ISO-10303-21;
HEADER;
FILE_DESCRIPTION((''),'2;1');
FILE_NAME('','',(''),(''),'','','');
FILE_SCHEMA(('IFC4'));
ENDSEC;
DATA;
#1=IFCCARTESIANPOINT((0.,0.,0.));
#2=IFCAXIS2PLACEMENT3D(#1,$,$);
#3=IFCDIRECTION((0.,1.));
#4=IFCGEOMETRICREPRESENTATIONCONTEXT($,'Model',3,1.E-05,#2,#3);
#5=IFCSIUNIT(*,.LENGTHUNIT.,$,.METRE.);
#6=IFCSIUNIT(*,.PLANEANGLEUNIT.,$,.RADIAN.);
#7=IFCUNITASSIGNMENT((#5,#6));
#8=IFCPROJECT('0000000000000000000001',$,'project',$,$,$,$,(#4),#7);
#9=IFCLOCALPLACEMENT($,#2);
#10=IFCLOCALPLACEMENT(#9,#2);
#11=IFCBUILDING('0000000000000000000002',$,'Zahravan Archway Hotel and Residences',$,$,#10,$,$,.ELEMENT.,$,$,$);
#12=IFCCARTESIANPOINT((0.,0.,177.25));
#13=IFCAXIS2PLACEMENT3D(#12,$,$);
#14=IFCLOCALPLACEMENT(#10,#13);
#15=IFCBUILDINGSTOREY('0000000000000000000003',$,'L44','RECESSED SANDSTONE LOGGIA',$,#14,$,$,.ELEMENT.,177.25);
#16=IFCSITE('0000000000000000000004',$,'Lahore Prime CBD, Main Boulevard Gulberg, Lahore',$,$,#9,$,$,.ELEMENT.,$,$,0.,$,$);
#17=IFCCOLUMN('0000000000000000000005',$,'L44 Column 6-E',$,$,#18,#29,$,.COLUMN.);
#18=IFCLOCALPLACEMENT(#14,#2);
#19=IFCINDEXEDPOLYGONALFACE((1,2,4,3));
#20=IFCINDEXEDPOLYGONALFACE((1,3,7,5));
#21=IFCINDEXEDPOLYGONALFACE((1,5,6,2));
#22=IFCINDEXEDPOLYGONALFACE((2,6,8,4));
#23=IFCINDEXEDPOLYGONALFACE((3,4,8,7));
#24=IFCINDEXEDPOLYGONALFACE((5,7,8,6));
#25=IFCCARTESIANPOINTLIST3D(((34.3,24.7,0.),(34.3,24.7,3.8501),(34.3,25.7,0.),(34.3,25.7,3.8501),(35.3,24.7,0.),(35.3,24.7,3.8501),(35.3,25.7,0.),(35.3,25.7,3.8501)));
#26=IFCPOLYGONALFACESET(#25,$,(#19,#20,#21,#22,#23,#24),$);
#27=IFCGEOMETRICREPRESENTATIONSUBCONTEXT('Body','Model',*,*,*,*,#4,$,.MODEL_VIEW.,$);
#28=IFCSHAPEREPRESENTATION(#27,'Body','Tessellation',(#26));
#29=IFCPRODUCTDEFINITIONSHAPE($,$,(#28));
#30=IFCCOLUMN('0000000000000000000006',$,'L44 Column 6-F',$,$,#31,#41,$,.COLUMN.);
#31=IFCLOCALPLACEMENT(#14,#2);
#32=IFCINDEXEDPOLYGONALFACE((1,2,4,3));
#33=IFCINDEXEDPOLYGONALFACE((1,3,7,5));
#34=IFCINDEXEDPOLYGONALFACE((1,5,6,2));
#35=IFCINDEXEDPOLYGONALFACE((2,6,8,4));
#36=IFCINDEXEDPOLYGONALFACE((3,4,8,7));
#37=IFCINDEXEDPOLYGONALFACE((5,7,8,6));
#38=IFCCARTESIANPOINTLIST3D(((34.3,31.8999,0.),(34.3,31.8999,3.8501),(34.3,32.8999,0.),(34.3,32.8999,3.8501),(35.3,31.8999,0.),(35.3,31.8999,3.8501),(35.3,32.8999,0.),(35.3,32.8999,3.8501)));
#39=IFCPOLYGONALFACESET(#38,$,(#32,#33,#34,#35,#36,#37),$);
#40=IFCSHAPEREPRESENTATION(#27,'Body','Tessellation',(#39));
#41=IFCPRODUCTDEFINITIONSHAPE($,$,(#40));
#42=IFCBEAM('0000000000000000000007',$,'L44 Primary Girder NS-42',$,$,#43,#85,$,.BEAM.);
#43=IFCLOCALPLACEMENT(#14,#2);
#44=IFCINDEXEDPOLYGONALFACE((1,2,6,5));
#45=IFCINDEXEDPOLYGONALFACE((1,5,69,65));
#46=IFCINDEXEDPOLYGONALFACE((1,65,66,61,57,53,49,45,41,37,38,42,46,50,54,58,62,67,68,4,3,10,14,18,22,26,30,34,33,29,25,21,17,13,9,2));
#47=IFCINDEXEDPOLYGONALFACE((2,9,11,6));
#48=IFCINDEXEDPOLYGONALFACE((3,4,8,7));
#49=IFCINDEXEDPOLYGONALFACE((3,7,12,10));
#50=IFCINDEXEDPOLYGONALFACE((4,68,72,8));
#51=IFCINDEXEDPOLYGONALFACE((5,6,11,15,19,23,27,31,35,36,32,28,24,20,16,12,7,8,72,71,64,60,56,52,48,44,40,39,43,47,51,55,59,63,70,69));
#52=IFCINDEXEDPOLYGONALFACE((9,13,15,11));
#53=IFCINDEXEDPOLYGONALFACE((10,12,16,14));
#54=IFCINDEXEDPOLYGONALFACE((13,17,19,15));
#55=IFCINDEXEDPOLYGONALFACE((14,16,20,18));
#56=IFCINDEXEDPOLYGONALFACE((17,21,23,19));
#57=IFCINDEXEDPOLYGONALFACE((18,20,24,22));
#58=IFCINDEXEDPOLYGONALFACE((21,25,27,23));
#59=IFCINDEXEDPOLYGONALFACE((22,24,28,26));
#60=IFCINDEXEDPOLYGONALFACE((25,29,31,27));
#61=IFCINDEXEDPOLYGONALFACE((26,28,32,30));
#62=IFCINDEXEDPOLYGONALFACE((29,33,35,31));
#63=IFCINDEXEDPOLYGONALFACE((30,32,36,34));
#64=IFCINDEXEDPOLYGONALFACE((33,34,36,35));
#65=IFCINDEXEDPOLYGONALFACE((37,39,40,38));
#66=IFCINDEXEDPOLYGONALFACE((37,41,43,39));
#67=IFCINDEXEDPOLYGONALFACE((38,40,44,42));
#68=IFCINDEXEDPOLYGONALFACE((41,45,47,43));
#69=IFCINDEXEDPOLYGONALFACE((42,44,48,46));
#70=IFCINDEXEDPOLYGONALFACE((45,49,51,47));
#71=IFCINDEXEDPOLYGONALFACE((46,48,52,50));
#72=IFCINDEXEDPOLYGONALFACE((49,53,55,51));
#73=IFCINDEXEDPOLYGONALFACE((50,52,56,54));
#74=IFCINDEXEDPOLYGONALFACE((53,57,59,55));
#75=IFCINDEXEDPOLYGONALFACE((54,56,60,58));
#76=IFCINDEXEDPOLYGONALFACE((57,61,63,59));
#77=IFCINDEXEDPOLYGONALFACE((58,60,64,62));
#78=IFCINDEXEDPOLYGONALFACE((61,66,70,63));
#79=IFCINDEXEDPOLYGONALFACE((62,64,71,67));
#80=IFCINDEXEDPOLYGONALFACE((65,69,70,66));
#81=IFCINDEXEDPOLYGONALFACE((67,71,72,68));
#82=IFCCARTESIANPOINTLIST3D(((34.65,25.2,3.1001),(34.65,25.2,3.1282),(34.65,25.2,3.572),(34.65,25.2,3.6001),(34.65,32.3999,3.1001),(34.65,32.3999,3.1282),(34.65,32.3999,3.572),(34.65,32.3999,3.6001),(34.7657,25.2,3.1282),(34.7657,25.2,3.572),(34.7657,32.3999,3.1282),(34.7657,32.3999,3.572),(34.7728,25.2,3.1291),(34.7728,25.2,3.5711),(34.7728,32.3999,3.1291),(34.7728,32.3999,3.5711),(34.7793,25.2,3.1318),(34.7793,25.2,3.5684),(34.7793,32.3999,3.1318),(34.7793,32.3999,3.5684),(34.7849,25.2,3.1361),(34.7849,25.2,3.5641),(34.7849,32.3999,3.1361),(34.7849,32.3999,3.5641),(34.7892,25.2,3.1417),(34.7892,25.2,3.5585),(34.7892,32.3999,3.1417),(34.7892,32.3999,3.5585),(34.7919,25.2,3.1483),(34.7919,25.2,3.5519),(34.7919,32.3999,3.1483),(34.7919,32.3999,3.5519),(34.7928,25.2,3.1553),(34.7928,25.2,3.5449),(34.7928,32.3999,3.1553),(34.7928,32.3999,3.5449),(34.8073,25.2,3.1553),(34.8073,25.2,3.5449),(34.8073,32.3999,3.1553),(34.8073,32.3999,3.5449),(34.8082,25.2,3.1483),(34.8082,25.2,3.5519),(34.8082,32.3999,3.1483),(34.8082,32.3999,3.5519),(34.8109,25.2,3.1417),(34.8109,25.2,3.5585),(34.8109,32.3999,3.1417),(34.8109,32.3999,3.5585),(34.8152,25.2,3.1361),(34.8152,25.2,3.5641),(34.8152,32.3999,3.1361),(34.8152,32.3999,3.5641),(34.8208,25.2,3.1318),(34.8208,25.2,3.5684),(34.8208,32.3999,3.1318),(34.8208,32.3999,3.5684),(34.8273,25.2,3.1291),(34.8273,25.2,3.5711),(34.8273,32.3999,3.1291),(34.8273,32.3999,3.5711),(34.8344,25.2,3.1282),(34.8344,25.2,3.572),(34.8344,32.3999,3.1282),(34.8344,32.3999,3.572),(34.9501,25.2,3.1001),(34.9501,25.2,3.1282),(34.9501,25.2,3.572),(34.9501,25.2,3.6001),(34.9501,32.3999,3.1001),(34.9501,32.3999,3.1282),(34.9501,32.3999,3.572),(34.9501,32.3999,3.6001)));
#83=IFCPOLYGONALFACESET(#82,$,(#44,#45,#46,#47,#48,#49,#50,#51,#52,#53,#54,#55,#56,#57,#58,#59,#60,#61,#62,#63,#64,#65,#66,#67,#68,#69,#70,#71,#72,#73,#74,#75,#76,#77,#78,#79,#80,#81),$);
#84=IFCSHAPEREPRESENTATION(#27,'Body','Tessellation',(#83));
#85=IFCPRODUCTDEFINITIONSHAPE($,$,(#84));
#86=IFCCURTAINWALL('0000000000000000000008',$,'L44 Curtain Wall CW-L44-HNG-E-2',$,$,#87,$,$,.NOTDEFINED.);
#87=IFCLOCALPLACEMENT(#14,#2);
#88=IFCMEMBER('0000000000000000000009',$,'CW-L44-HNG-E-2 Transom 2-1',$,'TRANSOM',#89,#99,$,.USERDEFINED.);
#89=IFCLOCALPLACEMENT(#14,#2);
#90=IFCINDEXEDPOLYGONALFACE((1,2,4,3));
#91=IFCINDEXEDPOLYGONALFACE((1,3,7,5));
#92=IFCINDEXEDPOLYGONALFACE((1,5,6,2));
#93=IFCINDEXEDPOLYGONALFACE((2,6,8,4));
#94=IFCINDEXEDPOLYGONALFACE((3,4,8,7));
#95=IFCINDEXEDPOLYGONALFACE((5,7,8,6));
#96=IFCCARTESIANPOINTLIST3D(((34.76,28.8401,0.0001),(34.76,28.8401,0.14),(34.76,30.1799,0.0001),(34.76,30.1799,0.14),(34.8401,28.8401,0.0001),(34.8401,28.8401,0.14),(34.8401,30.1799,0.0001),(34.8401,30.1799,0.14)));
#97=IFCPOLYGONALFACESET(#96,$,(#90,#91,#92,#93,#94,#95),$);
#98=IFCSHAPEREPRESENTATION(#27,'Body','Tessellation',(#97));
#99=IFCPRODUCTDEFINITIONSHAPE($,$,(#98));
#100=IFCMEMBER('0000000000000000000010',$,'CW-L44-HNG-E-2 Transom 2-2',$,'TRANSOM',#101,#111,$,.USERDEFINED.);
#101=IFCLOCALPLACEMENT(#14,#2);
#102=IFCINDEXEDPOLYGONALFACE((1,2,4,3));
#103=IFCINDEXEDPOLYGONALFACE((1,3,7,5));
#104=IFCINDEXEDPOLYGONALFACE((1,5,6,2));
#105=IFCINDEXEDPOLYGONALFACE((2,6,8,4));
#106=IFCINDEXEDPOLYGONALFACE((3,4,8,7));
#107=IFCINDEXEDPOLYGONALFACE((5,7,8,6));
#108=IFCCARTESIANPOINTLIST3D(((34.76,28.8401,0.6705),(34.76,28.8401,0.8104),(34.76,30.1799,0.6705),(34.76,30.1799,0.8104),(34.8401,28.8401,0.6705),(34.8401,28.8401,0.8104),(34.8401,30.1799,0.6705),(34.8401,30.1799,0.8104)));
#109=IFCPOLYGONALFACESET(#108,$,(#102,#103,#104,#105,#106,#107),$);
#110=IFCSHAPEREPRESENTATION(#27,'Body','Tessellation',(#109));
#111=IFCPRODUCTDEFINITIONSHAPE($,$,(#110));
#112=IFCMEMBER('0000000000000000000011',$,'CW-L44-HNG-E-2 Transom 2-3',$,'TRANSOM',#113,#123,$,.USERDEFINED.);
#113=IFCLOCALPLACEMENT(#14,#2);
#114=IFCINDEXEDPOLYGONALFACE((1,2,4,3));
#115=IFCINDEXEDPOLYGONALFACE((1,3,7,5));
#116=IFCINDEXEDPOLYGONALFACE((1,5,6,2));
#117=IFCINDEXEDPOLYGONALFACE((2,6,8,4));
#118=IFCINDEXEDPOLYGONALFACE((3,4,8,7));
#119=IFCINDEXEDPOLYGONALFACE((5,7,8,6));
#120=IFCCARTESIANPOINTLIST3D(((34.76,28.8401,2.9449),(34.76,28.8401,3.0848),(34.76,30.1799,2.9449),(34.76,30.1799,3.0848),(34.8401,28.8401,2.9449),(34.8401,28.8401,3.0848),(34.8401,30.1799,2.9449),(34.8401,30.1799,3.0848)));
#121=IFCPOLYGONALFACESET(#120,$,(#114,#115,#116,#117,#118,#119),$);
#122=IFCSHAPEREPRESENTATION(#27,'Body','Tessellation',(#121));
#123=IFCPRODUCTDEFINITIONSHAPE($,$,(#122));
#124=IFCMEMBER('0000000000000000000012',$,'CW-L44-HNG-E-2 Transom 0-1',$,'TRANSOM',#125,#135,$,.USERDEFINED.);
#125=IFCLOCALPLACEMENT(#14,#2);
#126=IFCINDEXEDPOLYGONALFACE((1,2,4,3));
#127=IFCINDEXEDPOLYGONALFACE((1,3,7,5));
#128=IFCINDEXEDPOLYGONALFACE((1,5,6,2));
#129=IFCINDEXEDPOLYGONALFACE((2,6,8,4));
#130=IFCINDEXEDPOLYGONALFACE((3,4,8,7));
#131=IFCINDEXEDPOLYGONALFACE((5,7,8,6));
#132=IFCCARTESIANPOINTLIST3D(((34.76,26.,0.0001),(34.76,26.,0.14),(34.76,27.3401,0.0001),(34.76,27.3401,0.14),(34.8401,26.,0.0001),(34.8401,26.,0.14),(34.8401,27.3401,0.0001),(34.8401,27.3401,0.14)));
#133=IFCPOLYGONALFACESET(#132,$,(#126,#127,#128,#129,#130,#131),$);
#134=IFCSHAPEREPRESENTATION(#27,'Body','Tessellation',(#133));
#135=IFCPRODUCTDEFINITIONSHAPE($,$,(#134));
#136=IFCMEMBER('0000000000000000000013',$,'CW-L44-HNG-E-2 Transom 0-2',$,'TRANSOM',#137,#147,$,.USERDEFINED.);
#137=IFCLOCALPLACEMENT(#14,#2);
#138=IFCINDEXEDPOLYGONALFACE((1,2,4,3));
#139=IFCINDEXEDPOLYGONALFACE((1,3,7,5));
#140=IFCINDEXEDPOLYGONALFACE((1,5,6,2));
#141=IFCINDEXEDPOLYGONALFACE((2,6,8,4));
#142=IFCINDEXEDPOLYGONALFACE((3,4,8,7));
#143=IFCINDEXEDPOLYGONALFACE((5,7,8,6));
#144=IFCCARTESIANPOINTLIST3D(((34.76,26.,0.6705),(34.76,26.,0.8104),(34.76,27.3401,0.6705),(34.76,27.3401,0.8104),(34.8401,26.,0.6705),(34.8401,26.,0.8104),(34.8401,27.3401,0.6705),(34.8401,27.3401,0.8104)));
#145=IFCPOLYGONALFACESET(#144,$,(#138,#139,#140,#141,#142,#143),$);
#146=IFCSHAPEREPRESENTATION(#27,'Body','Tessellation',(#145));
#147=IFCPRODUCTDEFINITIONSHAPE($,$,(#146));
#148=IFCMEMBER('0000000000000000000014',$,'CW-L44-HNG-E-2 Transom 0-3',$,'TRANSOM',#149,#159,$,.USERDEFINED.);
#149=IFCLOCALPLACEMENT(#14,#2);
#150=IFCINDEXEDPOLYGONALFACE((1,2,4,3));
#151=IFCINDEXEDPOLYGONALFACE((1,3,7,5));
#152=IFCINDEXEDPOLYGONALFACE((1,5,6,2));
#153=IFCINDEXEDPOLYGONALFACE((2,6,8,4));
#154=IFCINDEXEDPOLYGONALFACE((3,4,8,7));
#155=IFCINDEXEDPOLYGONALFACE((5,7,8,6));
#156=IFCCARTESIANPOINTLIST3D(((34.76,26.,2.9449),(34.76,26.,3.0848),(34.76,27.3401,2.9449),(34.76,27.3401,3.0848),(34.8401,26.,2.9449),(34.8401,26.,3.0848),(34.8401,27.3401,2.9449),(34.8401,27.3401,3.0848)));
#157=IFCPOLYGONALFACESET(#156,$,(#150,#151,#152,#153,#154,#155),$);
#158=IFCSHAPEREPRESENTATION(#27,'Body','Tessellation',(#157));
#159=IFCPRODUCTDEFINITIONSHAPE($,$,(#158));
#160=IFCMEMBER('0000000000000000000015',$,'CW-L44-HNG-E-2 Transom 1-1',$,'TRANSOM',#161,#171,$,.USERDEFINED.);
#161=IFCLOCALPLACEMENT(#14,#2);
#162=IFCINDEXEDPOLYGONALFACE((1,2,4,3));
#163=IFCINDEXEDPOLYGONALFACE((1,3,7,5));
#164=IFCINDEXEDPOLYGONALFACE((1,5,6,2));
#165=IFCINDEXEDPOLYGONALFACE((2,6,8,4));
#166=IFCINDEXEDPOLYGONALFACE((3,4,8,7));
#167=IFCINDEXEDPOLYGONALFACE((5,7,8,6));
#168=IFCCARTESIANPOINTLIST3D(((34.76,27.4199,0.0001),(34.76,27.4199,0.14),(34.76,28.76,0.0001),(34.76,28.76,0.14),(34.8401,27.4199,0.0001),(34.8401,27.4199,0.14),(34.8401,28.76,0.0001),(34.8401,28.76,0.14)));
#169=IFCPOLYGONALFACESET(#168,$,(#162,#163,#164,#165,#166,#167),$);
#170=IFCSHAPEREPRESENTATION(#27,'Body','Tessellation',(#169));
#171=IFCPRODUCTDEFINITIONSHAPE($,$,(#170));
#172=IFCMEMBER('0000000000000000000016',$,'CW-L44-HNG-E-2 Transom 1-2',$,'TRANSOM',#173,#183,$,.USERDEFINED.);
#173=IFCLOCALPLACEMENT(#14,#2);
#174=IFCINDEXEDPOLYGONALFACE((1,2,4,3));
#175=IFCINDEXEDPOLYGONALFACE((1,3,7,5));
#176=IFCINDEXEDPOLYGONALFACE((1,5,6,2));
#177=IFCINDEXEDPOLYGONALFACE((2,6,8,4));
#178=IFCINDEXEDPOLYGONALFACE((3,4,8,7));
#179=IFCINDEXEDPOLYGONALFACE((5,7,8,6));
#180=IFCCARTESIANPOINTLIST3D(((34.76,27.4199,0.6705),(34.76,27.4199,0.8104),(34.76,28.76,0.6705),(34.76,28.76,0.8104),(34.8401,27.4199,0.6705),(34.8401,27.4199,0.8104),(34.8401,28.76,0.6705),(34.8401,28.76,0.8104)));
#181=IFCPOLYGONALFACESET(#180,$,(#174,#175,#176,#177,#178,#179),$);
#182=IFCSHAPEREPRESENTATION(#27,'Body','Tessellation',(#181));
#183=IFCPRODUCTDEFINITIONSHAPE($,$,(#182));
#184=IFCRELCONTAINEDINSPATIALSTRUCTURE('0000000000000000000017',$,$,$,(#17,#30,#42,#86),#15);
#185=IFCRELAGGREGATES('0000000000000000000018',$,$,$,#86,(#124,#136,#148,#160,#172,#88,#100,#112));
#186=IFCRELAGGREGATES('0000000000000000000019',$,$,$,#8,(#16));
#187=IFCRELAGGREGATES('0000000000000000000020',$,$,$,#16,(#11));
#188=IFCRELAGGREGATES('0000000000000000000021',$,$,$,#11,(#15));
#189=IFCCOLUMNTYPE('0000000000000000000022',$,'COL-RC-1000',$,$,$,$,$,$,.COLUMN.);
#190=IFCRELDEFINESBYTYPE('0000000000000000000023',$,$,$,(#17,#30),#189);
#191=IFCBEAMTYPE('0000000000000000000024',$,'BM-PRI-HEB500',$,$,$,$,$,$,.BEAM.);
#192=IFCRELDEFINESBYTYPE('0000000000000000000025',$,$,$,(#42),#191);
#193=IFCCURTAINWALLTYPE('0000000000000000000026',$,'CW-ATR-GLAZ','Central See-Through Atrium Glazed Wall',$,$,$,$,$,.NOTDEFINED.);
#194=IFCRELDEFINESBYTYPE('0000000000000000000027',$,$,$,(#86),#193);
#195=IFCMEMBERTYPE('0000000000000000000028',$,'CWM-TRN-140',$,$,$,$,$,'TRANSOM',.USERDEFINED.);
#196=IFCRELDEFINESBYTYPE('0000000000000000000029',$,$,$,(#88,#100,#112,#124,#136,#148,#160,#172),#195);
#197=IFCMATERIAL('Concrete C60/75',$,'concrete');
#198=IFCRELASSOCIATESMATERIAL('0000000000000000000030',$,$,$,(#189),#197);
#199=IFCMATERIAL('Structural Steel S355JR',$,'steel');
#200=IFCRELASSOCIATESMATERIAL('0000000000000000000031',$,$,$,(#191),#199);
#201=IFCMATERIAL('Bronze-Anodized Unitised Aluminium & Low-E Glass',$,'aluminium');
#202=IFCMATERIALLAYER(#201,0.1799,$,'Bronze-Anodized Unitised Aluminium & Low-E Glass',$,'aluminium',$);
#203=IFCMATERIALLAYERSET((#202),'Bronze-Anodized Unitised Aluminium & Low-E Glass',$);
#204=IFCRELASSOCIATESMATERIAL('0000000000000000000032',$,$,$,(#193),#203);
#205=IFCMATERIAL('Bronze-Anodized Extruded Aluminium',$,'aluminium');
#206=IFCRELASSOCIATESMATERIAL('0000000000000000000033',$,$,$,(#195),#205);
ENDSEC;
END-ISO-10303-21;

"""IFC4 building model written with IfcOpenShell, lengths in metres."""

from ifc_helpers import new_model, si_unit, direction, frame, origin, origin_2d, place, context, subcontext, project, spatial, rectangle, i_section, extrude, source, transform, mapped, material, layer, layer_set, material_profile, profile_set, type_object, element, aggregate, save


model = new_model("IFC4")

# Units and contexts
model_context = context("Model", 3, precision=1e-05, world=origin(), true_north=direction((0.0, 1.0)))
body_context = subcontext(model_context, "Body", "Model", "MODEL_VIEW")
ifc_project = project(units=[si_unit("LENGTHUNIT", "METRE"), si_unit("PLANEANGLEUNIT", "RADIAN")], contexts=[model_context])

# Site, building, storey
site_placement = place(None, origin())
site = spatial("IfcSite", under=ifc_project, at=site_placement, Name="Lahore Prime CBD, Main Boulevard Gulberg, Lahore", CompositionType="ELEMENT", RefElevation=0.0)
building_placement = place(site_placement, origin())
building = spatial("IfcBuilding", under=site, at=building_placement, Name="Zahravan Archway Hotel and Residences", CompositionType="ELEMENT")
storey_placement = place(building_placement, frame((0.0, 0.0, 177.25)))
storey = spatial("IfcBuildingStorey", under=building, at=storey_placement, Name="L44", Description="RECESSED SANDSTONE LOGGIA", CompositionType="ELEMENT", Elevation=177.25)

# Columns
ifc_material_1 = material(Name="Concrete C60/75", Category="concrete")
ifc_material_profile_1 = material_profile(ifc_material_1, rectangle(XDim=1.0, YDim=1.0, at=origin_2d()), Name="RC-COL-1000x1000", Category="concrete")
ifc_profile_set_1 = profile_set([ifc_material_profile_1], Name="Concrete C60/75")
column_type = type_object("IfcColumnType", Name="COL-RC-1000", PredefinedType="COLUMN", material=ifc_profile_set_1)
shared_shape_1 = source(origin(), body_context, "Body", "SweptSolid", [
    extrude(rectangle(XDim=1.0, YDim=1.0, at=origin_2d()), origin(), (0.0, 0.0, 1.0), 3.8501),
])
for number, where, z_axis, x_axis, name in (
    (1, (34.8, 25.2, 0.0), (0.0, 0.0, 1.0), (1.0, 0.0, 0.0), "L44 Column 6-E"),
    (2, (34.8, 32.3999, 0.0), (0.0, 0.0, 1.0), (1.0, 0.0, 0.0), "L44 Column 6-F"),
):
    element("IfcColumn", number, at=place(storey_placement, frame(where, z_axis=z_axis, x_axis=x_axis)), inside=storey, type_object=column_type, Name=name, PredefinedType="COLUMN", context=body_context, shape_type="MappedRepresentation", body=[
        mapped(shared_shape_1, transform((0.0, 0.0, 0.0), scale=1.0)),
    ])

# Beam
ifc_material_2 = material(Name="Structural Steel S355JR", Category="steel")
ifc_material_profile_2 = material_profile(ifc_material_2, i_section(OverallWidth=0.3, OverallDepth=0.5, WebThickness=0.0144, FlangeThickness=0.0281, FilletRadius=0.0271, at=origin_2d()), Name="HEB 500", Category="steel")
ifc_profile_set_2 = profile_set([ifc_material_profile_2], Name="Structural Steel S355JR")
beam_type = type_object("IfcBeamType", Name="BM-PRI-HEB500", PredefinedType="BEAM", material=ifc_profile_set_2)
shared_shape_2 = source(origin(), body_context, "Body", "SweptSolid", [
    extrude(i_section(OverallWidth=0.3, OverallDepth=0.5, WebThickness=0.0144, FlangeThickness=0.0281, FilletRadius=0.0271, at=origin_2d()), origin(), (0.0, 0.0, 1.0), 7.2),
])
beam_placement = place(storey_placement, frame((34.8, 25.2, 3.3501), z_axis=(0.0, 1.0, 0.0), x_axis=(-1.0, 0.0, 0.0)))
element("IfcBeam", 3, at=beam_placement, inside=storey, type_object=beam_type, Name="L44 Primary Girder NS-42", PredefinedType="BEAM", context=body_context, shape_type="MappedRepresentation", body=[
    mapped(shared_shape_2, transform((0.0, 0.0, 0.0), scale=1.0)),
])

# Curtain wall, members
ifc_material_3 = material(Name="Bronze-Anodized Unitised Aluminium & Low-E Glass", Category="aluminium")
ifc_layer_1 = layer(ifc_material_3, 0.1799, Name="Bronze-Anodized Unitised Aluminium & Low-E Glass", Category="aluminium")
ifc_layer_set_1 = layer_set([ifc_layer_1], Name="Bronze-Anodized Unitised Aluminium & Low-E Glass")
curtain_wall_type = type_object("IfcCurtainWallType", Name="CW-ATR-GLAZ", Description="Central See-Through Atrium Glazed Wall", PredefinedType="NOTDEFINED", material=ifc_layer_set_1)
curtain_wall_1_placement = place(storey_placement, origin())
curtain_wall_1 = element("IfcCurtainWall", 4, at=curtain_wall_1_placement, inside=storey, type_object=curtain_wall_type, Name="L44 Curtain Wall CW-L44-HNG-E-2", PredefinedType="NOTDEFINED")
ifc_material_4 = material(Name="Bronze-Anodized Extruded Aluminium", Category="aluminium")
ifc_material_profile_3 = material_profile(ifc_material_4, rectangle(XDim=0.0801, YDim=0.1399, at=origin_2d()), Name="TRN 80x140", Category="aluminium")
ifc_profile_set_3 = profile_set([ifc_material_profile_3], Name="Bronze-Anodized Extruded Aluminium")
member_type_1 = type_object("IfcMemberType", Name="CWM-TRN-140", ElementType="TRANSOM", PredefinedType="USERDEFINED", material=ifc_profile_set_3)
shared_shape_3 = source(origin(), body_context, "Body", "SweptSolid", [
    extrude(rectangle(XDim=0.0801, YDim=0.1399, at=origin_2d()), origin(), (0.0, 0.0, 1.0), 1.3398),
])
member_1_placement = place(storey_placement, frame((34.8, 28.8401, 0.0701), z_axis=(0.0, 1.0, 0.0), x_axis=(-1.0, 0.0, 0.0)))
member_1 = element("IfcMember", 5, at=member_1_placement, type_object=member_type_1, Name="CW-L44-HNG-E-2 Transom 2-1", ObjectType="TRANSOM", PredefinedType="USERDEFINED", context=body_context, shape_type="MappedRepresentation", body=[
    mapped(shared_shape_3, transform((0.0, 0.0, 0.0), scale=1.0)),
])
member_2_placement = place(storey_placement, frame((34.8, 28.8401, 0.7405), z_axis=(0.0, 1.0, 0.0), x_axis=(-1.0, 0.0, 0.0)))
member_2 = element("IfcMember", 6, at=member_2_placement, type_object=member_type_1, Name="CW-L44-HNG-E-2 Transom 2-2", ObjectType="TRANSOM", PredefinedType="USERDEFINED", context=body_context, shape_type="MappedRepresentation", body=[
    mapped(shared_shape_3, transform((0.0, 0.0, 0.0), scale=1.0)),
])
member_3_placement = place(storey_placement, frame((34.8, 28.8401, 3.0149), z_axis=(0.0, 1.0, 0.0), x_axis=(-1.0, 0.0, 0.0)))
member_3 = element("IfcMember", 7, at=member_3_placement, type_object=member_type_1, Name="CW-L44-HNG-E-2 Transom 2-3", ObjectType="TRANSOM", PredefinedType="USERDEFINED", context=body_context, shape_type="MappedRepresentation", body=[
    mapped(shared_shape_3, transform((0.0, 0.0, 0.0), scale=1.0)),
])
shared_shape_4 = source(origin(), body_context, "Body", "SweptSolid", [
    extrude(rectangle(XDim=0.0801, YDim=0.1399, at=origin_2d()), origin(), (0.0, 0.0, 1.0), 1.3401),
])
member_4_placement = place(storey_placement, frame((34.8, 26.0, 0.0701), z_axis=(0.0, 1.0, 0.0), x_axis=(-1.0, 0.0, 0.0)))
member_4 = element("IfcMember", 8, at=member_4_placement, type_object=member_type_1, Name="CW-L44-HNG-E-2 Transom 0-1", ObjectType="TRANSOM", PredefinedType="USERDEFINED", context=body_context, shape_type="MappedRepresentation", body=[
    mapped(shared_shape_4, transform((0.0, 0.0, 0.0), scale=1.0)),
])
member_5_placement = place(storey_placement, frame((34.8, 26.0, 0.7405), z_axis=(0.0, 1.0, 0.0), x_axis=(-1.0, 0.0, 0.0)))
member_5 = element("IfcMember", 9, at=member_5_placement, type_object=member_type_1, Name="CW-L44-HNG-E-2 Transom 0-2", ObjectType="TRANSOM", PredefinedType="USERDEFINED", context=body_context, shape_type="MappedRepresentation", body=[
    mapped(shared_shape_4, transform((0.0, 0.0, 0.0), scale=1.0)),
])
member_6_placement = place(storey_placement, frame((34.8, 26.0, 3.0149), z_axis=(0.0, 1.0, 0.0), x_axis=(-1.0, 0.0, 0.0)))
member_6 = element("IfcMember", 10, at=member_6_placement, type_object=member_type_1, Name="CW-L44-HNG-E-2 Transom 0-3", ObjectType="TRANSOM", PredefinedType="USERDEFINED", context=body_context, shape_type="MappedRepresentation", body=[
    mapped(shared_shape_4, transform((0.0, 0.0, 0.0), scale=1.0)),
])
member_7_placement = place(storey_placement, frame((34.8, 27.4199, 0.0701), z_axis=(0.0, 1.0, 0.0), x_axis=(-1.0, 0.0, 0.0)))
member_7 = element("IfcMember", 11, at=member_7_placement, type_object=member_type_1, Name="CW-L44-HNG-E-2 Transom 1-1", ObjectType="TRANSOM", PredefinedType="USERDEFINED", context=body_context, shape_type="MappedRepresentation", body=[
    mapped(shared_shape_4, transform((0.0, 0.0, 0.0), scale=1.0)),
])
member_8_placement = place(storey_placement, frame((34.8, 27.4199, 0.7405), z_axis=(0.0, 1.0, 0.0), x_axis=(-1.0, 0.0, 0.0)))
member_8 = element("IfcMember", 12, at=member_8_placement, type_object=member_type_1, Name="CW-L44-HNG-E-2 Transom 1-2", ObjectType="TRANSOM", PredefinedType="USERDEFINED", context=body_context, shape_type="MappedRepresentation", body=[
    mapped(shared_shape_4, transform((0.0, 0.0, 0.0), scale=1.0)),
])

aggregate(curtain_wall_1, [member_4, member_5, member_6, member_7, member_8, member_1, member_2, member_3])

save(model, "model.ifc")
